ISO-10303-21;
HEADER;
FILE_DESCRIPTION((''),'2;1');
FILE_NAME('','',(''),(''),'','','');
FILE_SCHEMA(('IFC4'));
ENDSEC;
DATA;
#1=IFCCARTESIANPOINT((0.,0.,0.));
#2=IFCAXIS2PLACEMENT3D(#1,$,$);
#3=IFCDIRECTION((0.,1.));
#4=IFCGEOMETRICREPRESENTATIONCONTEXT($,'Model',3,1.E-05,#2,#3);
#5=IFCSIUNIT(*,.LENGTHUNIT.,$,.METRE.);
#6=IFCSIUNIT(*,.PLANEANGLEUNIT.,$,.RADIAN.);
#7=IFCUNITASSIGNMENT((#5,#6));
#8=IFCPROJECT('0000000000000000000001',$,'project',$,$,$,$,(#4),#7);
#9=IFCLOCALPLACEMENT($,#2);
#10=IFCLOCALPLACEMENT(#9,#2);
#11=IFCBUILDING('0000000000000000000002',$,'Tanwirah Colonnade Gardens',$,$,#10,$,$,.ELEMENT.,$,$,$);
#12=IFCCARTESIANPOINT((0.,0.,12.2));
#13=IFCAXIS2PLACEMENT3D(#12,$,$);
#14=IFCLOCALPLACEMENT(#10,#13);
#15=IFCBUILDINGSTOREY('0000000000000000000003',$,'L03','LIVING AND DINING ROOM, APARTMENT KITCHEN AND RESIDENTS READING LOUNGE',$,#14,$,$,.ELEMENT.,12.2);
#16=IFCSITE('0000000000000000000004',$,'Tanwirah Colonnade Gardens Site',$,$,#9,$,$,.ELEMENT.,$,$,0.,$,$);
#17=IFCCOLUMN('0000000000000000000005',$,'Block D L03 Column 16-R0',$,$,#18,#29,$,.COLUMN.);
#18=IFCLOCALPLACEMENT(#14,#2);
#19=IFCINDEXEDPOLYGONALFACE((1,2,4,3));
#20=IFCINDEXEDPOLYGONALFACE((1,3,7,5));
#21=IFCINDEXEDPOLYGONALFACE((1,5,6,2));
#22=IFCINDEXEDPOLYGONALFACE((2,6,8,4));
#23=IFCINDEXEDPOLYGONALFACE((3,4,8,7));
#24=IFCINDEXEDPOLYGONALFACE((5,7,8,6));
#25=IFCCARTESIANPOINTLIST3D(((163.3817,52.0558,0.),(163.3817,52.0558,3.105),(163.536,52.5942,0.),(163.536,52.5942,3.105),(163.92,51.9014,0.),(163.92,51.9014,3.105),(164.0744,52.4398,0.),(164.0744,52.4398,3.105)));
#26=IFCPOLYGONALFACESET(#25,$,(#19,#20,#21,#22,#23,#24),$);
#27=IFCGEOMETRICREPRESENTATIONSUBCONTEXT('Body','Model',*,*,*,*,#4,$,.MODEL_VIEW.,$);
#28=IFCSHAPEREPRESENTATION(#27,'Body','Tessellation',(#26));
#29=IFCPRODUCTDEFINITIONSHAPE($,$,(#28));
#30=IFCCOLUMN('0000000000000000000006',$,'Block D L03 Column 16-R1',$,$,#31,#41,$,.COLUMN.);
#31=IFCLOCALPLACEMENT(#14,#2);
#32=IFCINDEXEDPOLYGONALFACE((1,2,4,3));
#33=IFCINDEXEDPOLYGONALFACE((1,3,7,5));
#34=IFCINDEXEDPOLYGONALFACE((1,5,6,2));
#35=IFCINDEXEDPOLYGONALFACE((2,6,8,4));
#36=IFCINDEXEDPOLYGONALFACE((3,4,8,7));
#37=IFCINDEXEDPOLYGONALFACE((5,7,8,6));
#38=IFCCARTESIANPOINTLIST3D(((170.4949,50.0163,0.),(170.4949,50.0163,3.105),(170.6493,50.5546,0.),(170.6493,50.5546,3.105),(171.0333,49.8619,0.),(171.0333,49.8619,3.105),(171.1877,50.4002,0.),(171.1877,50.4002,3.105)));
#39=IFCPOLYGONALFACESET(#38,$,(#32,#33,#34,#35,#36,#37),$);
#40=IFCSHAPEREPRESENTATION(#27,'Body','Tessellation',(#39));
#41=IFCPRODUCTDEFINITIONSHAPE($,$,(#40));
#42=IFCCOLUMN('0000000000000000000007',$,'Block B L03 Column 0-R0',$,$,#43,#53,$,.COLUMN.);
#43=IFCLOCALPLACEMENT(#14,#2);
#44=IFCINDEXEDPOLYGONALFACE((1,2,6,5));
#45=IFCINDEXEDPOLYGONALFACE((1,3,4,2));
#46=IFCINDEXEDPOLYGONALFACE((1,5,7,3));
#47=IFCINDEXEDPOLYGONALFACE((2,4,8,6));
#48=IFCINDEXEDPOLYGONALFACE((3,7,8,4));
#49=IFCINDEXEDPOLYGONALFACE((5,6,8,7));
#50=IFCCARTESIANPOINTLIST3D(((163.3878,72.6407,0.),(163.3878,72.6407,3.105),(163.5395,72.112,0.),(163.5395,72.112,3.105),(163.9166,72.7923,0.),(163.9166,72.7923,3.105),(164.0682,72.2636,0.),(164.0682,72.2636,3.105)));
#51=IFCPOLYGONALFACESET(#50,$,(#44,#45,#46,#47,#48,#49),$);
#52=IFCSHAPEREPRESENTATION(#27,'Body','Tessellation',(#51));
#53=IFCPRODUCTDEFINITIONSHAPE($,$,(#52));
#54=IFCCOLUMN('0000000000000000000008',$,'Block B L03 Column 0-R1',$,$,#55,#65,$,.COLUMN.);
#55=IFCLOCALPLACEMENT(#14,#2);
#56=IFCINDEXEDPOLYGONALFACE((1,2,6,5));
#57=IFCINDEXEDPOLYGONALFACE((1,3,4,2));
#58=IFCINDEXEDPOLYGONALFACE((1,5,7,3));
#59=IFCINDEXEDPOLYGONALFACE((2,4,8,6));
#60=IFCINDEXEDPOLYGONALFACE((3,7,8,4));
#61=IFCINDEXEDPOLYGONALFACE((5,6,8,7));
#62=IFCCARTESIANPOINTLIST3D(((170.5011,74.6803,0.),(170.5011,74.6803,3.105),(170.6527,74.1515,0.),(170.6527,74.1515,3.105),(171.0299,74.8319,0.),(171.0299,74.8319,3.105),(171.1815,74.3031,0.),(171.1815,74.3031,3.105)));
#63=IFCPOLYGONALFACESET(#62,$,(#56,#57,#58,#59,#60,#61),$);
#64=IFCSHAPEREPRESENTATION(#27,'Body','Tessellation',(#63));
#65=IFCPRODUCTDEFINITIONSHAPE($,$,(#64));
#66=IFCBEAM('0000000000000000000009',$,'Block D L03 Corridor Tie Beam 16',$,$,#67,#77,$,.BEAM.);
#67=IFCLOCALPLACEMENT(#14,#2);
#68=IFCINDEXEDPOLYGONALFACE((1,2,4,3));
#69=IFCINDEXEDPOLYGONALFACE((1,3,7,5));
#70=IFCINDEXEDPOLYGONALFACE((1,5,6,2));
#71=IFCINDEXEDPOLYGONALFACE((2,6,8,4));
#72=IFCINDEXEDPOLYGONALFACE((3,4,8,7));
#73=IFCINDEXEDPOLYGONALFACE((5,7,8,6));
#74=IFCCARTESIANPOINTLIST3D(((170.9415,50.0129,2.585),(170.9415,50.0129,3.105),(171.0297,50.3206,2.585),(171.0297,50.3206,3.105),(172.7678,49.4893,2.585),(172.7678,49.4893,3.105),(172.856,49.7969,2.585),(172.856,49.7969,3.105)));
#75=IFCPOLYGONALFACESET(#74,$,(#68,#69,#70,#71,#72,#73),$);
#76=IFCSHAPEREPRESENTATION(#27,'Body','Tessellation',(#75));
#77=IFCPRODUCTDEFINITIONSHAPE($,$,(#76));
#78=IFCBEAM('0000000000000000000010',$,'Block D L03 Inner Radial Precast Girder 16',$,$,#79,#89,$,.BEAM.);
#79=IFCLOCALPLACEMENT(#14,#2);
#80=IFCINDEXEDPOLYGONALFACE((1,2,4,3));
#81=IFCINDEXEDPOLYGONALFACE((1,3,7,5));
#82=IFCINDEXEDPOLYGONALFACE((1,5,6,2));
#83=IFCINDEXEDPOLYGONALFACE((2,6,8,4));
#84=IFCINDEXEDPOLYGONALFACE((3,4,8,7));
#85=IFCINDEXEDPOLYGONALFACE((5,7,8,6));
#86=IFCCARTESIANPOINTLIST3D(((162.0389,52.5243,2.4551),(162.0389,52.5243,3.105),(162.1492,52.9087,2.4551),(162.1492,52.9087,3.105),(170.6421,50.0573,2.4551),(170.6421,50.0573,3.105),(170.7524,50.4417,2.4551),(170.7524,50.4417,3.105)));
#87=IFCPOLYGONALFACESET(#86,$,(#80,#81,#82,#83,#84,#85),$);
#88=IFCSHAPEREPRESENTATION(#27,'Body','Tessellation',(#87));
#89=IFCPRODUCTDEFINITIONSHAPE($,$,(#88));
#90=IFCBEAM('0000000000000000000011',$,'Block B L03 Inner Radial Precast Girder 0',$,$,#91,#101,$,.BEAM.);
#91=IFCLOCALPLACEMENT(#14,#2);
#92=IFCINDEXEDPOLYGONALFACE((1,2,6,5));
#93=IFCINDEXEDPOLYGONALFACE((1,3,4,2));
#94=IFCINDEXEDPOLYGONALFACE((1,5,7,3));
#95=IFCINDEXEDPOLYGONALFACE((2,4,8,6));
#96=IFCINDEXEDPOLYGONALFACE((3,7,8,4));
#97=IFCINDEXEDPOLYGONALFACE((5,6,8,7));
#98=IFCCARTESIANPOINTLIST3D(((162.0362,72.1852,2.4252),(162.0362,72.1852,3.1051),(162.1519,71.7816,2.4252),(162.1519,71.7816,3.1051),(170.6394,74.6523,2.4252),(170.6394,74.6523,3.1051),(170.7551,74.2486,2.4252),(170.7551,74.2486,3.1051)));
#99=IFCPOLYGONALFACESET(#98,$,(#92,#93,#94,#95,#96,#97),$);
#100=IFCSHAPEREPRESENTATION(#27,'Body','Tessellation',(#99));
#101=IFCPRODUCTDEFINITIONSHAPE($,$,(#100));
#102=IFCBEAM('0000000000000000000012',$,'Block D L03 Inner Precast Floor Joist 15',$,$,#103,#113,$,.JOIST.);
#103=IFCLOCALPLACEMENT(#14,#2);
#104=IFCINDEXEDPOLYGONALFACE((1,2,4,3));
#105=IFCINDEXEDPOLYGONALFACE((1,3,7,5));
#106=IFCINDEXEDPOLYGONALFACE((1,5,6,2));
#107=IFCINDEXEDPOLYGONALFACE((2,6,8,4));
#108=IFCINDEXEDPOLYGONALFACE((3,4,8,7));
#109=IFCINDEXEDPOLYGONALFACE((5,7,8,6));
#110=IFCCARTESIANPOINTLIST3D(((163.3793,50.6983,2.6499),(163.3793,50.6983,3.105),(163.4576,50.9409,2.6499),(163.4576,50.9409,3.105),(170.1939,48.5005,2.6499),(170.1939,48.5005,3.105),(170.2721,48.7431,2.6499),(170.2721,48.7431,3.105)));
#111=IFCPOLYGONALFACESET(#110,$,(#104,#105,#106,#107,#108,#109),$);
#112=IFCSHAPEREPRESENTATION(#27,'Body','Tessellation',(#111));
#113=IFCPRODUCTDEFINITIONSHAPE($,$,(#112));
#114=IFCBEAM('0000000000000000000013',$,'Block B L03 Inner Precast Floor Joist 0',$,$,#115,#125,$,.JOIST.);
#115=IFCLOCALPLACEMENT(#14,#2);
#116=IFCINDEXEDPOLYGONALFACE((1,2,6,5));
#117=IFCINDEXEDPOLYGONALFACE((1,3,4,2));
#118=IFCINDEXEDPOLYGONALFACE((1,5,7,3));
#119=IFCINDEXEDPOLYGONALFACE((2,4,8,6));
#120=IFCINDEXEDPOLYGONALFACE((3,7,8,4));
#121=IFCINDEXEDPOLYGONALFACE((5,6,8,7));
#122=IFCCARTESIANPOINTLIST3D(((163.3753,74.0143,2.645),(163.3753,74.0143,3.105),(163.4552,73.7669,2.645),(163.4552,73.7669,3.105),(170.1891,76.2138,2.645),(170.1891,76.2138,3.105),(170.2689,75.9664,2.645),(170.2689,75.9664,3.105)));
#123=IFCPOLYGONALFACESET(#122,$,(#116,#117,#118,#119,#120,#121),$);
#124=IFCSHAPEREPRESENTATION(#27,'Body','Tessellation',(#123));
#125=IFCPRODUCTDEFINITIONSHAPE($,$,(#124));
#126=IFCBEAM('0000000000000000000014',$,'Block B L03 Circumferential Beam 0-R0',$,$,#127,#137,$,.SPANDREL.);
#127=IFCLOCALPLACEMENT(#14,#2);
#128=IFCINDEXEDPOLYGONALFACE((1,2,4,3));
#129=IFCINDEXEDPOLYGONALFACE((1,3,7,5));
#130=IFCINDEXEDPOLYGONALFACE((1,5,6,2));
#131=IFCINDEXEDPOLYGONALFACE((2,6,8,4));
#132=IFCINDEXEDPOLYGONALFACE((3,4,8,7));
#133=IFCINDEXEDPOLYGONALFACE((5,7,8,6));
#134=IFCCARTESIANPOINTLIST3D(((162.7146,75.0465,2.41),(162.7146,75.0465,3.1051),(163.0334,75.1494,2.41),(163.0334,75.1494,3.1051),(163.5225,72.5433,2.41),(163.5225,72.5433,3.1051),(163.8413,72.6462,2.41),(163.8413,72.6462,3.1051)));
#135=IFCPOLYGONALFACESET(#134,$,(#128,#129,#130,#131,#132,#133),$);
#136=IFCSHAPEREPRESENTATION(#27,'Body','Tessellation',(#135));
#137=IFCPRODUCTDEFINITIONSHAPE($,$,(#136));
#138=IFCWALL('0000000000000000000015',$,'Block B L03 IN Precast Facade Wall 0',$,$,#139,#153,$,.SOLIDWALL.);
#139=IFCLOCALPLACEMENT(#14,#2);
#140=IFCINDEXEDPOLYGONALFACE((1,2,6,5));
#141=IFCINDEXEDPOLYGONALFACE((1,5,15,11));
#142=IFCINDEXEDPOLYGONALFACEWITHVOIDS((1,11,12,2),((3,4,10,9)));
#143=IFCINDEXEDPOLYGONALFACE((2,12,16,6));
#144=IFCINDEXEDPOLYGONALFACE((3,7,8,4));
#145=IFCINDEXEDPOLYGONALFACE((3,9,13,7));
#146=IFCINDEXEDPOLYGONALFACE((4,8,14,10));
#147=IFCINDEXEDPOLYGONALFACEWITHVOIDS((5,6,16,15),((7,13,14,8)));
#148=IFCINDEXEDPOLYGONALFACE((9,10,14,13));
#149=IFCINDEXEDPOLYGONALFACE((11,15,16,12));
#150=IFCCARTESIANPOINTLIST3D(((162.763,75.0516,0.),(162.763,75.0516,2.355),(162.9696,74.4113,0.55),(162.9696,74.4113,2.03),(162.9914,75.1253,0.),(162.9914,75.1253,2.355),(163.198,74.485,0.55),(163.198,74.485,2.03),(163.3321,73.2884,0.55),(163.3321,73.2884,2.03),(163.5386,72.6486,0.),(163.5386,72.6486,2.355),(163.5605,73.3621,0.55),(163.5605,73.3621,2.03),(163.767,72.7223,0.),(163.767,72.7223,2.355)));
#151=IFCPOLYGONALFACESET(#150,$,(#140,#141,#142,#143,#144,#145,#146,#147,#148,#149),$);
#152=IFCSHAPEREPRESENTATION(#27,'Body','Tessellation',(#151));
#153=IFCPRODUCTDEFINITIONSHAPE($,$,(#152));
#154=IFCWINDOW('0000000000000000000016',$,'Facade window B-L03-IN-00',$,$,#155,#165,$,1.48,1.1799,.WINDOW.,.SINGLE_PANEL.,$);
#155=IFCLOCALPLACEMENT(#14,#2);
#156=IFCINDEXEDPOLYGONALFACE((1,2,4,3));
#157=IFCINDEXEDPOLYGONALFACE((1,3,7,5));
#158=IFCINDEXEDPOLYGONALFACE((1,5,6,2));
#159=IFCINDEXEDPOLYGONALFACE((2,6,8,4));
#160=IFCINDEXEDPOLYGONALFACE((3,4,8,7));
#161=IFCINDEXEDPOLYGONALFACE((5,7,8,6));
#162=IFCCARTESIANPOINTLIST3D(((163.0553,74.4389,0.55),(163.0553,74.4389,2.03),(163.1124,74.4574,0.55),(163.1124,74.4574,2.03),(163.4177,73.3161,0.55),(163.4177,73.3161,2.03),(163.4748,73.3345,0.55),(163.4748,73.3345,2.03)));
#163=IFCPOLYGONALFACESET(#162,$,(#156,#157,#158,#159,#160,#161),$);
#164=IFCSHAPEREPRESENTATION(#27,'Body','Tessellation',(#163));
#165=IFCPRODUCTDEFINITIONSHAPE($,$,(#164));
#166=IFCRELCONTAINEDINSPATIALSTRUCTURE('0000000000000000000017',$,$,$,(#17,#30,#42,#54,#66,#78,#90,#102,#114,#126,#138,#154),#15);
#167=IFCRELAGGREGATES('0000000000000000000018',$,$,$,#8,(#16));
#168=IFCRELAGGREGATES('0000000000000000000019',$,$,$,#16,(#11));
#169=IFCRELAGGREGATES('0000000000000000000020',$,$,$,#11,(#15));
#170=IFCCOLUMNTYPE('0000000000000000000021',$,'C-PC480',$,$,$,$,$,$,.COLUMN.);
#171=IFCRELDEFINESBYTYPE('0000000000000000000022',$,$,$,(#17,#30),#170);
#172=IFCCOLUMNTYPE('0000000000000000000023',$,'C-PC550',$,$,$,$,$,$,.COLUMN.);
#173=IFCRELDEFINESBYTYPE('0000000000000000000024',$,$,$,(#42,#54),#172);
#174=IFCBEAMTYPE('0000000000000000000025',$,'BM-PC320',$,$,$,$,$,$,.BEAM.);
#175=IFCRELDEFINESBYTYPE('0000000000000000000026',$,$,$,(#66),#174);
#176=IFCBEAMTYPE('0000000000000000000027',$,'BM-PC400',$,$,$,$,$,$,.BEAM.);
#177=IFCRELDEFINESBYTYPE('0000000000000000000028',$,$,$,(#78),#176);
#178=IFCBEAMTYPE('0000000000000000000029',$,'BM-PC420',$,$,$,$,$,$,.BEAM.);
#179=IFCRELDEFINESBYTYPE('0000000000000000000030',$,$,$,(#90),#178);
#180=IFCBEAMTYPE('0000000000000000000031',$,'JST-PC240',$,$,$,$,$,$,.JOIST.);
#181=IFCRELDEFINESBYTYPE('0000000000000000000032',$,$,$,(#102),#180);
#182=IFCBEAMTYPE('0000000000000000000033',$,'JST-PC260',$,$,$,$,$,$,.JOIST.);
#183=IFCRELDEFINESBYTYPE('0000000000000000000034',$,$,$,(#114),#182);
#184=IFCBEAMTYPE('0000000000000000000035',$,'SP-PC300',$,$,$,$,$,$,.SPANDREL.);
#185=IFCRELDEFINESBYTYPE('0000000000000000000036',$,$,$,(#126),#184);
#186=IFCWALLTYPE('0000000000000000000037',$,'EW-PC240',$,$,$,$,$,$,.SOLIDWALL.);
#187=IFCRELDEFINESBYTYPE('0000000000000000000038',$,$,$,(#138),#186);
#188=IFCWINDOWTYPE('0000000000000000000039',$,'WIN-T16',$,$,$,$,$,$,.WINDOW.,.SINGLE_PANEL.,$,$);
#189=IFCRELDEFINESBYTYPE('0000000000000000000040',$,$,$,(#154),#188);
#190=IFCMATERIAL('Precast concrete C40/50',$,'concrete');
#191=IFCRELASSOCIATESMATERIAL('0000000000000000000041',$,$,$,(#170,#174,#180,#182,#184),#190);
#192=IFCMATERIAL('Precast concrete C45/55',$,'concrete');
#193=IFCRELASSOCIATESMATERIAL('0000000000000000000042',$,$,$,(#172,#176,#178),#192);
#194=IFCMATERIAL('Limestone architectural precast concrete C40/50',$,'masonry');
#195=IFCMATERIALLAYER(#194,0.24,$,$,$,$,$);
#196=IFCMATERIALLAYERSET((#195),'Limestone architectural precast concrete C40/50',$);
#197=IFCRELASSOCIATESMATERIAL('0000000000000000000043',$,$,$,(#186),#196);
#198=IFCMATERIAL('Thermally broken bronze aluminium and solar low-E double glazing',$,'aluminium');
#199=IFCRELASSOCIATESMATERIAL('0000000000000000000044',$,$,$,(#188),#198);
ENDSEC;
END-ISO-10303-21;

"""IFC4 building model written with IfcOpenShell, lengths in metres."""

from ifc_helpers import new_model, si_unit, direction, frame, frame_2d, origin, origin_2d, place, context, subcontext, project, spatial, rectangle, extrude, material, layer, layer_set, material_profile, profile_set, type_object, element, fill, save


model = new_model("IFC4")

# Units and contexts
model_context = context("Model", 3, precision=1e-05, world=origin(), true_north=direction((0.0, 1.0)))
body_context = subcontext(model_context, "Body", "Model", "MODEL_VIEW")
ifc_project = project(units=[si_unit("LENGTHUNIT", "METRE"), si_unit("PLANEANGLEUNIT", "RADIAN")], contexts=[model_context])

# Site, building, storey
site_placement = place(None, origin())
site = spatial("IfcSite", under=ifc_project, at=site_placement, Name="Tanwirah Colonnade Gardens Site", CompositionType="ELEMENT", RefElevation=0.0)
building_placement = place(site_placement, origin())
building = spatial("IfcBuilding", under=site, at=building_placement, Name="Tanwirah Colonnade Gardens", CompositionType="ELEMENT")
storey_placement = place(building_placement, frame((0.0, 0.0, 12.2)))
storey = spatial("IfcBuildingStorey", under=building, at=storey_placement, Name="L03", Description="LIVING AND DINING ROOM, APARTMENT KITCHEN AND RESIDENTS READING LOUNGE", CompositionType="ELEMENT", Elevation=12.2)

# Columns
ifc_material_1 = material(Name="Precast concrete C40/50", Category="concrete")
ifc_material_profile_1 = material_profile(ifc_material_1, rectangle(XDim=0.5601, YDim=0.5601, at=origin_2d()), Name="PC-COL 560x560")
ifc_profile_set_1 = profile_set([ifc_material_profile_1], Name="Precast concrete C40/50")
column_type_1 = type_object("IfcColumnType", Name="C-PC480", PredefinedType="COLUMN", material=ifc_profile_set_1)
for number, where, z_axis, x_axis, name in (
    (1, (163.728, 52.2478, 0.0), (0.0, 0.0, 1.0), (0.961262, -0.275637, 0.0), "Block D L03 Column 16-R0"),
    (2, (170.8413, 50.2083, 0.0), (0.0, 0.0, 1.0), (0.961262, -0.275637, 0.0), "Block D L03 Column 16-R1"),
):
    element("IfcColumn", number, at=place(storey_placement, frame(where, z_axis=z_axis, x_axis=x_axis)), inside=storey, type_object=column_type_1, Name=name, PredefinedType="COLUMN", context=body_context, shape_type="SweptSolid", body=[
        extrude(rectangle(XDim=0.5601, YDim=0.5601, at=origin_2d()), origin(), (0.0, 0.0, 1.0), 3.105),
    ])
ifc_material_2 = material(Name="Precast concrete C45/55", Category="concrete")
ifc_material_profile_2 = material_profile(ifc_material_2, rectangle(XDim=0.55, YDim=0.55, at=origin_2d()), Name="PC-COL 550x550")
ifc_profile_set_2 = profile_set([ifc_material_profile_2], Name="Precast concrete C45/55")
column_type_2 = type_object("IfcColumnType", Name="C-PC550", PredefinedType="COLUMN", material=ifc_profile_set_2)
for number, where, z_axis, x_axis, name in (
    (3, (163.728, 72.4521, 0.0), (0.0, 0.0, 1.0), (0.961262, 0.275637, 0.0), "Block B L03 Column 0-R0"),
    (4, (170.8413, 74.4917, 0.0), (0.0, 0.0, 1.0), (0.961262, 0.275637, 0.0), "Block B L03 Column 0-R1"),
):
    element("IfcColumn", number, at=place(storey_placement, frame(where, z_axis=z_axis, x_axis=x_axis)), inside=storey, type_object=column_type_2, Name=name, PredefinedType="COLUMN", context=body_context, shape_type="SweptSolid", body=[
        extrude(rectangle(XDim=0.55, YDim=0.55, at=origin_2d()), origin(), (0.0, 0.0, 1.0), 3.105),
    ])

# Beams
ifc_material_profile_3 = material_profile(ifc_material_1, rectangle(XDim=0.3201, YDim=0.52, at=origin_2d()), Name="PC-BM 320x520")
ifc_profile_set_3 = profile_set([ifc_material_profile_3], Name="Precast concrete C40/50")
beam_type_1 = type_object("IfcBeamType", Name="BM-PC320", PredefinedType="BEAM", material=ifc_profile_set_3)
beam_1_placement = place(storey_placement, frame((170.9856, 50.1667, 2.845), z_axis=(0.961267, -0.27562, 0.0), x_axis=(0.27562, 0.961267, 0.0)))
element("IfcBeam", 5, at=beam_1_placement, inside=storey, type_object=beam_type_1, Name="Block D L03 Corridor Tie Beam 16", PredefinedType="BEAM", context=body_context, shape_type="SweptSolid", body=[
    extrude(rectangle(XDim=0.3201, YDim=0.52, at=origin_2d()), origin(), (0.0, 0.0, 1.0), 1.8999),
])
ifc_material_profile_4 = material_profile(ifc_material_2, rectangle(XDim=0.3999, YDim=0.6499, at=origin_2d()), Name="PC-BM 400x650")
ifc_profile_set_4 = profile_set([ifc_material_profile_4], Name="Precast concrete C45/55")
beam_type_2 = type_object("IfcBeamType", Name="BM-PC400", PredefinedType="BEAM", material=ifc_profile_set_4)
beam_2_placement = place(storey_placement, frame((170.6973, 50.2495, 2.78), z_axis=(-0.961259, 0.275647, 0.0), x_axis=(-0.275647, -0.961259, 0.0)))
element("IfcBeam", 6, at=beam_2_placement, inside=storey, type_object=beam_type_2, Name="Block D L03 Inner Radial Precast Girder 16", PredefinedType="BEAM", context=body_context, shape_type="SweptSolid", body=[
    extrude(rectangle(XDim=0.3999, YDim=0.6499, at=origin_2d()), origin(), (0.0, 0.0, 1.0), 8.95),
])
ifc_material_profile_5 = material_profile(ifc_material_2, rectangle(XDim=0.4199, YDim=0.6799, at=origin_2d()), Name="PC-BM 420x680")
ifc_profile_set_5 = profile_set([ifc_material_profile_5], Name="Precast concrete C45/55")
beam_type_3 = type_object("IfcBeamType", Name="BM-PC420", PredefinedType="BEAM", material=ifc_profile_set_5)
beam_3_placement = place(storey_placement, frame((170.6973, 74.4504, 2.7651), z_axis=(-0.961259, -0.275647, 0.0), x_axis=(0.275647, -0.961259, 0.0)))
element("IfcBeam", 7, at=beam_3_placement, inside=storey, type_object=beam_type_3, Name="Block B L03 Inner Radial Precast Girder 0", PredefinedType="BEAM", context=body_context, shape_type="SweptSolid", body=[
    extrude(rectangle(XDim=0.4199, YDim=0.6799, at=origin_2d()), origin(), (0.0, 0.0, 1.0), 8.95),
])
ifc_material_profile_6 = material_profile(ifc_material_1, rectangle(XDim=0.2549, YDim=0.4551, at=origin_2d()), Name="PC-JST 255x455")
ifc_profile_set_6 = profile_set([ifc_material_profile_6], Name="Precast concrete C40/50")
beam_type_4 = type_object("IfcBeamType", Name="JST-PC240", PredefinedType="JOIST", material=ifc_profile_set_6)
beam_4_placement = place(storey_placement, frame((163.4185, 50.8196, 2.8774), z_axis=(0.951727, -0.306945, 0.0), x_axis=(0.306945, 0.951727, 0.0)))
element("IfcBeam", 8, at=beam_4_placement, inside=storey, type_object=beam_type_4, Name="Block D L03 Inner Precast Floor Joist 15", PredefinedType="JOIST", context=body_context, shape_type="SweptSolid", body=[
    extrude(rectangle(XDim=0.2549, YDim=0.4551, at=origin_2d()), origin(), (0.0, 0.0, 1.0), 7.1602),
])
ifc_material_profile_7 = material_profile(ifc_material_1, rectangle(XDim=0.26, YDim=0.46, at=origin_2d()), Name="PC-JST 260x460")
ifc_profile_set_7 = profile_set([ifc_material_profile_7], Name="Precast concrete C40/50")
beam_type_5 = type_object("IfcBeamType", Name="JST-PC260", PredefinedType="JOIST", material=ifc_profile_set_7)
beam_5_placement = place(storey_placement, frame((163.4153, 73.8906, 2.875), z_axis=(0.951648, 0.307191, 0.0), x_axis=(-0.307191, 0.951648, 0.0)))
element("IfcBeam", 9, at=beam_5_placement, inside=storey, type_object=beam_type_5, Name="Block B L03 Inner Precast Floor Joist 0", PredefinedType="JOIST", context=body_context, shape_type="SweptSolid", body=[
    extrude(rectangle(XDim=0.26, YDim=0.46, at=origin_2d()), origin(), (0.0, 0.0, 1.0), 7.1599),
])
ifc_material_profile_8 = material_profile(ifc_material_1, rectangle(XDim=0.335, YDim=0.6951, at=origin_2d()), Name="PC-SP 335x695")
ifc_profile_set_8 = profile_set([ifc_material_profile_8], Name="Precast concrete C40/50")
beam_type_6 = type_object("IfcBeamType", Name="SP-PC300", PredefinedType="SPANDREL", material=ifc_profile_set_8)
beam_6_placement = place(storey_placement, frame((163.6819, 72.5947, 2.7576), z_axis=(-0.307136, 0.951666, 0.0), x_axis=(-0.951666, -0.307136, 0.0)))
element("IfcBeam", 10, at=beam_6_placement, inside=storey, type_object=beam_type_6, Name="Block B L03 Circumferential Beam 0-R0", PredefinedType="SPANDREL", context=body_context, shape_type="SweptSolid", body=[
    extrude(rectangle(XDim=0.335, YDim=0.6951, at=origin_2d()), origin(), (0.0, 0.0, 1.0), 2.6304),
])

# Wall, opening, window
ifc_material_3 = material(Name="Limestone architectural precast concrete C40/50", Category="masonry")
ifc_layer_1 = layer(ifc_material_3, 0.24)
ifc_layer_set_1 = layer_set([ifc_layer_1], Name="Limestone architectural precast concrete C40/50")
wall_type_1 = type_object("IfcWallType", Name="EW-PC240", PredefinedType="SOLIDWALL", material=ifc_layer_set_1)
wall_1_placement = place(storey_placement, frame((163.6528, 72.6853, 0.0), z_axis=(0.0, 0.0, 1.0), x_axis=(-0.307164, 0.951657, 0.0)))
wall_1 = element("IfcWall", 11, at=wall_1_placement, inside=storey, type_object=wall_type_1, Name="Block B L03 IN Precast Facade Wall 0", PredefinedType="SOLIDWALL", context=body_context, shape_type="SweptSolid", body=[
    extrude(rectangle(XDim=2.5251, YDim=0.24, at=frame_2d((1.2627, 0.0))), origin(), (0.0, 0.0, 1.0), 2.355),
])
opening_1_placement = place(wall_1_placement, frame((0.6726, 0.0, 0.55)))
opening_1 = element("IfcOpeningElement", 12, at=opening_1_placement, cuts=wall_1, PredefinedType="OPENING", context=body_context, shape_type="SweptSolid", body=[
    extrude(rectangle(XDim=1.1799, YDim=1.48, at=frame_2d((0.5898, 0.74))), frame((0.0, 0.1299, 0.0), z_axis=(0.0, -1.0, 0.0), x_axis=(1.0, 0.0, 0.0)), (0.0, 0.0, 1.0), 0.26),
])
ifc_material_4 = material(Name="Thermally broken bronze aluminium and solar low-E double glazing", Category="aluminium")
window_type_1 = type_object("IfcWindowType", Name="WIN-T16", PartitioningType="SINGLE_PANEL", PredefinedType="WINDOW", material=ifc_material_4)
window_1_placement = place(opening_1_placement, origin())
window_1 = element("IfcWindow", 13, at=window_1_placement, inside=storey, type_object=window_type_1, Name="Facade window B-L03-IN-00", OverallHeight=1.48, OverallWidth=1.1799, PartitioningType="SINGLE_PANEL", PredefinedType="WINDOW", context=body_context, shape_type="SweptSolid", body=[
    extrude(rectangle(XDim=1.1799, YDim=1.48, at=frame_2d((0.5898, 0.74))), frame((0.0, 0.03, 0.0), z_axis=(0.0, -1.0, 0.0), x_axis=(1.0, 0.0, 0.0)), (0.0, 0.0, 1.0), 0.0601),
])
fill(opening_1, window_1)

save(model, "model.ifc")
